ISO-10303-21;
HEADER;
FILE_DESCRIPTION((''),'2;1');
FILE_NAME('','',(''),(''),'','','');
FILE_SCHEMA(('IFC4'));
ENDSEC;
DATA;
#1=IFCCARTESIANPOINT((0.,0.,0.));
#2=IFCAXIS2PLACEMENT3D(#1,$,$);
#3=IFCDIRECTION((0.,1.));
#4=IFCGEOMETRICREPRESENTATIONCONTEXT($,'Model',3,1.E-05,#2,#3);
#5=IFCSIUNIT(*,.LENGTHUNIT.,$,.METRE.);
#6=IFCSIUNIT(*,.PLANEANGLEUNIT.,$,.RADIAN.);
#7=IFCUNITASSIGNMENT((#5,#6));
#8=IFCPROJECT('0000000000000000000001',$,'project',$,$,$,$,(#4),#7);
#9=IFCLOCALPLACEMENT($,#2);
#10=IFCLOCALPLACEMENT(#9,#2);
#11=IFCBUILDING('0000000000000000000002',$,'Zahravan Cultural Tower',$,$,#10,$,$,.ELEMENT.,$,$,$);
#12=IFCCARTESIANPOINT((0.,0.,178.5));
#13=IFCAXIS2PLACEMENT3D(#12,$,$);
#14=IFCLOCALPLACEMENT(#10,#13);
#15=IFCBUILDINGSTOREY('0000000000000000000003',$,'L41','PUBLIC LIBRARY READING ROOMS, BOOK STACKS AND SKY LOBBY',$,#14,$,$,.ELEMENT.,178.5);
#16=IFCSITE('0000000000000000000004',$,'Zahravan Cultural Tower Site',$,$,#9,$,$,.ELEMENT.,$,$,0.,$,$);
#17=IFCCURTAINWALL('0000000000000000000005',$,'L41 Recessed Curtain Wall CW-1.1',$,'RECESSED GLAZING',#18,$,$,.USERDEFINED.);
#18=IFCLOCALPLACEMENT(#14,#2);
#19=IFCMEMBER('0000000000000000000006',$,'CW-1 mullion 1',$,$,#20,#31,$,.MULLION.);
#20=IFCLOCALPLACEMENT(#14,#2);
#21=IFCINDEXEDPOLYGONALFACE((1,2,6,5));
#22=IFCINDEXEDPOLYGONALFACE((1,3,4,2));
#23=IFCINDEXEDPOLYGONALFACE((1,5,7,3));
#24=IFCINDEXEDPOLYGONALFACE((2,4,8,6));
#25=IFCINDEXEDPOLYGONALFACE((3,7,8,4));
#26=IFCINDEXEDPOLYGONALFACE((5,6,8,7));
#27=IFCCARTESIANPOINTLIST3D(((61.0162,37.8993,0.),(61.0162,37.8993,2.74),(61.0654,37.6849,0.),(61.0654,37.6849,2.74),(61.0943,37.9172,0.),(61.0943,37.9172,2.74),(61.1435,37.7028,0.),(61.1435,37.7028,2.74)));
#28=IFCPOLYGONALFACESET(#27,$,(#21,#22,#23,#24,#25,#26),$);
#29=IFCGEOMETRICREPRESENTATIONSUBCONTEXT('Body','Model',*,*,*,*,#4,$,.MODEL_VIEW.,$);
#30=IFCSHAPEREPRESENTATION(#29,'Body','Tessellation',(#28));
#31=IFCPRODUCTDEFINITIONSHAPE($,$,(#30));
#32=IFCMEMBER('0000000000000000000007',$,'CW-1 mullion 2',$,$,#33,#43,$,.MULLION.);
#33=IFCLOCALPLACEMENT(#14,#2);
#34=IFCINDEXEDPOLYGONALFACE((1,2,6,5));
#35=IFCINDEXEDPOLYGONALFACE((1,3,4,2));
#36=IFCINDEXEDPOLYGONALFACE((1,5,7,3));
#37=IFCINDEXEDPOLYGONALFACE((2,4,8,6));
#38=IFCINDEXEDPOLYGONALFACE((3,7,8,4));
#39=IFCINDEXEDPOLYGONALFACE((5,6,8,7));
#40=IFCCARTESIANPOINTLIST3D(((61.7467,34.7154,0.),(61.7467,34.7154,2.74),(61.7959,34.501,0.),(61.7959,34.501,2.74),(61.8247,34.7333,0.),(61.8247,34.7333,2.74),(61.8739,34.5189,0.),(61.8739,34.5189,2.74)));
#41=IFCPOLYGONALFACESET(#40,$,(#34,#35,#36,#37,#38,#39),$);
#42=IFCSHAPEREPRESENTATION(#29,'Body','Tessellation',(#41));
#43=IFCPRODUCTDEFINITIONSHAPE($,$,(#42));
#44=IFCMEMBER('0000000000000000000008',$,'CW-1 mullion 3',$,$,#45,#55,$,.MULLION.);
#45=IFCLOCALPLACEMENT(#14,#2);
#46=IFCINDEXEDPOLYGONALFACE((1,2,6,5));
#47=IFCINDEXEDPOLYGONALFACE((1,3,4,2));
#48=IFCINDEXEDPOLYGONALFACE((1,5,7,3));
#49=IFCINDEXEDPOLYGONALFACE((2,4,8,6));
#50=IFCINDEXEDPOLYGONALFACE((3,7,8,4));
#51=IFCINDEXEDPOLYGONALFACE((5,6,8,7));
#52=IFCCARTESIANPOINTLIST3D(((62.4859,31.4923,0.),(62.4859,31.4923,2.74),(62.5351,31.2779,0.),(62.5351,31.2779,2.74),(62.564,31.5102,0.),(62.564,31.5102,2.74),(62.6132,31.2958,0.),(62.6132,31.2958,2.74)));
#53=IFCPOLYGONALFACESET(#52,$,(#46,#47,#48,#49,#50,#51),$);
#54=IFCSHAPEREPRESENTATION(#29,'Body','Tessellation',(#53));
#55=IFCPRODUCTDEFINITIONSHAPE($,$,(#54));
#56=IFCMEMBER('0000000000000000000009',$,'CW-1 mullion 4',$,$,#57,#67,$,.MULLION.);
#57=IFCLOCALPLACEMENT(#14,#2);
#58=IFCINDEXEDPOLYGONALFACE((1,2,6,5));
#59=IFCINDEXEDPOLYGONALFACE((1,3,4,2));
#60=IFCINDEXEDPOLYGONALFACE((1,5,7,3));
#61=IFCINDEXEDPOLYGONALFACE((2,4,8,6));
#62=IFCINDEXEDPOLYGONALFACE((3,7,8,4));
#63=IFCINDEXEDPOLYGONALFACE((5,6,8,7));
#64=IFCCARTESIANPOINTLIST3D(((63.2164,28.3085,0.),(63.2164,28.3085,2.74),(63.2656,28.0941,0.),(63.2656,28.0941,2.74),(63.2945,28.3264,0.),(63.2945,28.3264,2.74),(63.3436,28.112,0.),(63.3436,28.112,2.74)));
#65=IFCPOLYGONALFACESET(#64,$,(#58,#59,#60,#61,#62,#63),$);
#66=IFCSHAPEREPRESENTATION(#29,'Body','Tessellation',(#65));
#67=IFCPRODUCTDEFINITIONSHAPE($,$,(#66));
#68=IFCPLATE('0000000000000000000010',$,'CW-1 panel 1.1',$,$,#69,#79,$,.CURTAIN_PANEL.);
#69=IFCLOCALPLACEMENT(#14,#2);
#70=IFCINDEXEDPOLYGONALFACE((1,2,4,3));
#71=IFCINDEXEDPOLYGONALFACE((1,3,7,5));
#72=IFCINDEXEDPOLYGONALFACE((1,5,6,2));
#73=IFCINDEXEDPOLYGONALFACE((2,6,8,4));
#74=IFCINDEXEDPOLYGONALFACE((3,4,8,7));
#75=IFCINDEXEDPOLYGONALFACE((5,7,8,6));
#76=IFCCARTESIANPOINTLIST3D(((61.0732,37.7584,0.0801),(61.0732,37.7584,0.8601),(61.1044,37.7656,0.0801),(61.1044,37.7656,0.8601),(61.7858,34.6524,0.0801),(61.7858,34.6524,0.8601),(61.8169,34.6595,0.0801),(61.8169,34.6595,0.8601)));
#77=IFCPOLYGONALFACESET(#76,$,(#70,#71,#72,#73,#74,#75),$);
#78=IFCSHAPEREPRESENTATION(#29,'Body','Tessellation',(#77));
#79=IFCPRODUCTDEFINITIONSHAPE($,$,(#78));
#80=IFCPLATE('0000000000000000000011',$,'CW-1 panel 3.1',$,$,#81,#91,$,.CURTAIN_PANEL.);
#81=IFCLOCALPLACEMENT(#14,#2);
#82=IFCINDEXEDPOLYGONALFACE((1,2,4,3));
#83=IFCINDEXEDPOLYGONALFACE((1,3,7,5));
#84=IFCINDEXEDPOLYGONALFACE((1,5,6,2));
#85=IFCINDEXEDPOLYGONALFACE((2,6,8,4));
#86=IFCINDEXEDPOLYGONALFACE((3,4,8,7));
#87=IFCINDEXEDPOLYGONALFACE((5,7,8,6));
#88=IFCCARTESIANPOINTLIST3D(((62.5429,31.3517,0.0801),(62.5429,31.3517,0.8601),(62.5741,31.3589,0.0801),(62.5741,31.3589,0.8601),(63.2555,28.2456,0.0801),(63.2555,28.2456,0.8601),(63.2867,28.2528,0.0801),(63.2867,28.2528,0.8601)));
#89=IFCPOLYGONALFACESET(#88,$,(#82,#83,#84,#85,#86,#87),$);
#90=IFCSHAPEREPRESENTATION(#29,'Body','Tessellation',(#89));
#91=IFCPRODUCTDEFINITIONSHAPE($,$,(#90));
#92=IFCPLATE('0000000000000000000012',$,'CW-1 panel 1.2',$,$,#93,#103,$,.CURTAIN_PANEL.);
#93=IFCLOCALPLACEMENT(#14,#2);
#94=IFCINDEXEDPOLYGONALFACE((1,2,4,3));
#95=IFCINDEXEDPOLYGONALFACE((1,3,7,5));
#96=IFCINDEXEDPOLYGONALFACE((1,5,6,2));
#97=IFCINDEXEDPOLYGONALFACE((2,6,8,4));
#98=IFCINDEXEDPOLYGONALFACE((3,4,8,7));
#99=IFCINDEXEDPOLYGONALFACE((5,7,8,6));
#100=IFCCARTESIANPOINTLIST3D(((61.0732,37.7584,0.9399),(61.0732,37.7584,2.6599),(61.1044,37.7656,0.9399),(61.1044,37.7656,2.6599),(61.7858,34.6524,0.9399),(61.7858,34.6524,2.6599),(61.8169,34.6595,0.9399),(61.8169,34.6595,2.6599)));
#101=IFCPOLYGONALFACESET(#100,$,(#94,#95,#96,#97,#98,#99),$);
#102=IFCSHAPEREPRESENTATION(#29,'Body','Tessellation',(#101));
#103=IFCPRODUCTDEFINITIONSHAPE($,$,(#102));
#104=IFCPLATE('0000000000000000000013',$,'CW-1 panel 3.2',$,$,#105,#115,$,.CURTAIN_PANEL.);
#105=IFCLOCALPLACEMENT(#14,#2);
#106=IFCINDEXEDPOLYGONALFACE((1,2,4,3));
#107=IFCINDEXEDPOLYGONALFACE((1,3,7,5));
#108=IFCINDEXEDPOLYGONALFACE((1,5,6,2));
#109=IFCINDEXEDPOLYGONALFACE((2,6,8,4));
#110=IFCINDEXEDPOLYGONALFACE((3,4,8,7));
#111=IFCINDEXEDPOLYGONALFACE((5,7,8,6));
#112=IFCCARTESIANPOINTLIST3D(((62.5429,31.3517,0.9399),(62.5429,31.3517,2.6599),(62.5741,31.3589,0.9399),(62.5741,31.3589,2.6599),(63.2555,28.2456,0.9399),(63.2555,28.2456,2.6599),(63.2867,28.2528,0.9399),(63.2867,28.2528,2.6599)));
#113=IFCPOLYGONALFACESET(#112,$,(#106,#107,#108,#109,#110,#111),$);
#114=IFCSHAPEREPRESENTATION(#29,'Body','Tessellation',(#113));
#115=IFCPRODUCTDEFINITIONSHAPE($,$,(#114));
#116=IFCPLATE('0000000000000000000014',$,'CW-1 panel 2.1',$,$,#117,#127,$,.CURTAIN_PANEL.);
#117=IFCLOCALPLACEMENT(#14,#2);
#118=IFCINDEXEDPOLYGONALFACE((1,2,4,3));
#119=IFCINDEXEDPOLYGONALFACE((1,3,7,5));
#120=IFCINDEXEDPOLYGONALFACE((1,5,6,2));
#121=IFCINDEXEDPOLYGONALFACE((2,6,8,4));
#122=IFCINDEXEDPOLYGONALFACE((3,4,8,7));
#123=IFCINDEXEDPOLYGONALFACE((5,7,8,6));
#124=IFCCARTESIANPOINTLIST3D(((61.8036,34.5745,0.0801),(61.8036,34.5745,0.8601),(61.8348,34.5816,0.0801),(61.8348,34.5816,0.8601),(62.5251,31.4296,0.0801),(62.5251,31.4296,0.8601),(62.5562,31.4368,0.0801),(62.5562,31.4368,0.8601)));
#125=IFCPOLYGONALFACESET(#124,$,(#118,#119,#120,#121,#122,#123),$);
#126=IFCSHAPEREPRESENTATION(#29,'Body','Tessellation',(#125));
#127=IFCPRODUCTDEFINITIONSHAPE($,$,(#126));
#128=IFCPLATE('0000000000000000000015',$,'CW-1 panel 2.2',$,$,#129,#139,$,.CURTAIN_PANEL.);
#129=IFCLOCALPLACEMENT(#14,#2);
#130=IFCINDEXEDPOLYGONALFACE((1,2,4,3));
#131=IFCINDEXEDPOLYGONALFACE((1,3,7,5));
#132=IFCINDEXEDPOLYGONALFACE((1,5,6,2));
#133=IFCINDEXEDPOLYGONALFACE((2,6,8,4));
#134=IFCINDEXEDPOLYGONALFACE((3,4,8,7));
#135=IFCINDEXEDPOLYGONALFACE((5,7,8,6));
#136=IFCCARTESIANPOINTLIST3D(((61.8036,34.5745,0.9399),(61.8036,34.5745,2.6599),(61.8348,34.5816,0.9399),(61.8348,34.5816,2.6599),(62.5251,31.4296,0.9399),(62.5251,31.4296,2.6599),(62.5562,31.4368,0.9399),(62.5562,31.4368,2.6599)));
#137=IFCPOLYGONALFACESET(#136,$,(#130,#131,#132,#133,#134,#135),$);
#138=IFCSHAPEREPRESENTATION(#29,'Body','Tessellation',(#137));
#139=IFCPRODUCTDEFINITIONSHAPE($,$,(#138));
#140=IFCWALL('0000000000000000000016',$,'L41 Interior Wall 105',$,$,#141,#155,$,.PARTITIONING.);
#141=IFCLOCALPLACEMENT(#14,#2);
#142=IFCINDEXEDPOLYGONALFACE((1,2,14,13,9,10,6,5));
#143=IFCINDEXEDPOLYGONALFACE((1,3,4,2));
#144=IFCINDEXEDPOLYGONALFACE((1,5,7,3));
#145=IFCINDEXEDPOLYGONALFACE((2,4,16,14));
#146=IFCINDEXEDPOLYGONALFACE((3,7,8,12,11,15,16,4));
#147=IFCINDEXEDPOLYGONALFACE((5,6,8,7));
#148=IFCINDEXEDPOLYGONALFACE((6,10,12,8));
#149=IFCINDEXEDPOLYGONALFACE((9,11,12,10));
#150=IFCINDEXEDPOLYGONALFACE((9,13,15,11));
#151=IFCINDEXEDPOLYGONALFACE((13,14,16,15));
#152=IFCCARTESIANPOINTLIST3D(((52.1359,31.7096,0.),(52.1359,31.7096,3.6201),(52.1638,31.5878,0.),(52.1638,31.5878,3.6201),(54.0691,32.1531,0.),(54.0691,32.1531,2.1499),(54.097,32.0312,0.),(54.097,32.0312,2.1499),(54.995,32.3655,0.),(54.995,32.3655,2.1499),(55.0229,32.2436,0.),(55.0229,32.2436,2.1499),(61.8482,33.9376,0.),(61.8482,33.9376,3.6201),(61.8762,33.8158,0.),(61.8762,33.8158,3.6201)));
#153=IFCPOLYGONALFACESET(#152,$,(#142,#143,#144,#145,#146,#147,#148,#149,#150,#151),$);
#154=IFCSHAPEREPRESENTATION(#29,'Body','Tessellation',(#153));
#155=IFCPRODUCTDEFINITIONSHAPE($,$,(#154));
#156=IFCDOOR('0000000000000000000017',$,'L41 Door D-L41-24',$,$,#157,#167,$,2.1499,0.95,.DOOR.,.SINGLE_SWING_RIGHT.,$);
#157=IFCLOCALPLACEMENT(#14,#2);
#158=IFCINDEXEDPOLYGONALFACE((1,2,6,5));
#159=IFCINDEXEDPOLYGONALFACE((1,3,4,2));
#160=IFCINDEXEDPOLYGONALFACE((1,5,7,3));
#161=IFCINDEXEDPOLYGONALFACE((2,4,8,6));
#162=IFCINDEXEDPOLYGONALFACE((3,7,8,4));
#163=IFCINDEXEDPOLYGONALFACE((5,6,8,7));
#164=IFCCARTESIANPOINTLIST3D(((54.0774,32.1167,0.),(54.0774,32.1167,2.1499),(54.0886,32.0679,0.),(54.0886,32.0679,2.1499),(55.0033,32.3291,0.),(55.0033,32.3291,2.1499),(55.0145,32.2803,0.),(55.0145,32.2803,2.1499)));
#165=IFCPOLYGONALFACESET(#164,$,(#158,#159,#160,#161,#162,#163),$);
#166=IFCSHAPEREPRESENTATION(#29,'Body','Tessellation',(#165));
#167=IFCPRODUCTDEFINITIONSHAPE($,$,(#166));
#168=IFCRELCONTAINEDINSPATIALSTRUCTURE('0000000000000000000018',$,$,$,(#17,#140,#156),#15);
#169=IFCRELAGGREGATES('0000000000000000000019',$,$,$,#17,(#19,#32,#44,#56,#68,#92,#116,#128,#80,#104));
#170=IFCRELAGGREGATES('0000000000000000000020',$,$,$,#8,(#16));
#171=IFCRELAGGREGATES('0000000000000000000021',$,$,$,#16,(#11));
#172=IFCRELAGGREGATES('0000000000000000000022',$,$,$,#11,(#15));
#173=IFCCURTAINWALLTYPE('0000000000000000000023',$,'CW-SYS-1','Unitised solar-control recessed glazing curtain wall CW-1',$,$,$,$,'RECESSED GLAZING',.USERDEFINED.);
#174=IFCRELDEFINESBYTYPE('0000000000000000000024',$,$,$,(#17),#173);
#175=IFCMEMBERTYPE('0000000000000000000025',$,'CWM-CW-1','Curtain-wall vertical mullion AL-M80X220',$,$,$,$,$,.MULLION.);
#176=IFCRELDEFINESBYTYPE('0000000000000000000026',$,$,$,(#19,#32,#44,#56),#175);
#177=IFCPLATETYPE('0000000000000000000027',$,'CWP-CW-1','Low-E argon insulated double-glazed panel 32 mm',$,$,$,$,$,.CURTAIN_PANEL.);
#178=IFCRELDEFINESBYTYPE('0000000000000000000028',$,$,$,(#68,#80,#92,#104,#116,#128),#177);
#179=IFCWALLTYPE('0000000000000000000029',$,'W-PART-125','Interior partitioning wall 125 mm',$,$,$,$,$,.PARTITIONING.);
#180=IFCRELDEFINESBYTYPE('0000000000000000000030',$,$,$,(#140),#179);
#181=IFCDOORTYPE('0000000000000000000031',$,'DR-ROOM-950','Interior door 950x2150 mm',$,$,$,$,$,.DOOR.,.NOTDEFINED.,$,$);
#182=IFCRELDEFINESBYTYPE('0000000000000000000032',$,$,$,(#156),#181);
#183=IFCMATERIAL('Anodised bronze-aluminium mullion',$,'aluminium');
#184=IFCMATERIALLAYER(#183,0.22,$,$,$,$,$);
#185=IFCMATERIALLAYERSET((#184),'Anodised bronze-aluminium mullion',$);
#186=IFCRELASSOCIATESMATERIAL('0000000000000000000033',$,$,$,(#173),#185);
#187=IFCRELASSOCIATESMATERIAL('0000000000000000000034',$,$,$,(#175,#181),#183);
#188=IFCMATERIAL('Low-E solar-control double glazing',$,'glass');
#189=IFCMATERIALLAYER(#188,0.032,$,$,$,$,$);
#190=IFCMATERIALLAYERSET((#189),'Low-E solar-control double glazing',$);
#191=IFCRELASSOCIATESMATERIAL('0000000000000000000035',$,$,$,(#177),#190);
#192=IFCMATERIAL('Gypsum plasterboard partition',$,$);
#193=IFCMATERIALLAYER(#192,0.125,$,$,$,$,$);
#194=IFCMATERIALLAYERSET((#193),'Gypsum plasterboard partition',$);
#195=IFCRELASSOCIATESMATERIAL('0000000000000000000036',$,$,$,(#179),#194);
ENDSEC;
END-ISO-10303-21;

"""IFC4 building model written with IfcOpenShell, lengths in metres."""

from ifc_helpers import new_model, si_unit, direction, frame, frame_2d, origin, origin_2d, place, context, subcontext, project, spatial, rectangle, extrude, source, transform, mapped, material, layer, layer_set, material_profile, profile_set, type_object, element, fill, aggregate, save


model = new_model("IFC4")

# Units and contexts
model_context = context("Model", 3, precision=1e-05, world=origin(), true_north=direction((0.0, 1.0)))
body_context = subcontext(model_context, "Body", "Model", "MODEL_VIEW")
ifc_project = project(units=[si_unit("LENGTHUNIT", "METRE"), si_unit("PLANEANGLEUNIT", "RADIAN")], contexts=[model_context])

# Site, building, storey
site_placement = place(None, origin())
site = spatial("IfcSite", under=ifc_project, at=site_placement, Name="Zahravan Cultural Tower Site", CompositionType="ELEMENT", RefElevation=0.0)
building_placement = place(site_placement, origin())
building = spatial("IfcBuilding", under=site, at=building_placement, Name="Zahravan Cultural Tower", CompositionType="ELEMENT")
storey_placement = place(building_placement, frame((0.0, 0.0, 178.5)))
storey = spatial("IfcBuildingStorey", under=building, at=storey_placement, Name="L41", Description="PUBLIC LIBRARY READING ROOMS, BOOK STACKS AND SKY LOBBY", CompositionType="ELEMENT", Elevation=178.5)

# Curtain wall, members, plates
ifc_material_1 = material(Name="Anodised bronze-aluminium mullion", Category="aluminium")
ifc_layer_1 = layer(ifc_material_1, 0.22)
ifc_layer_set_1 = layer_set([ifc_layer_1], Name="Anodised bronze-aluminium mullion")
curtain_wall_type = type_object("IfcCurtainWallType", Name="CW-SYS-1", Description="Unitised solar-control recessed glazing curtain wall CW-1", ElementType="RECESSED GLAZING", PredefinedType="USERDEFINED", material=ifc_layer_set_1)
curtain_wall_placement = place(storey_placement, origin())
curtain_wall = element("IfcCurtainWall", 1, at=curtain_wall_placement, inside=storey, type_object=curtain_wall_type, Name="L41 Recessed Curtain Wall CW-1.1", ObjectType="RECESSED GLAZING", PredefinedType="USERDEFINED")
ifc_material_profile_1 = material_profile(ifc_material_1, rectangle(XDim=0.0801, YDim=0.22, at=origin_2d()), Name="AL-M80X220")
ifc_profile_set_1 = profile_set([ifc_material_profile_1], Name="Anodised bronze-aluminium mullion")
member_type_1 = type_object("IfcMemberType", Name="CWM-CW-1", Description="Curtain-wall vertical mullion AL-M80X220", PredefinedType="MULLION", material=ifc_profile_set_1)
shared_shape_1 = source(origin(), body_context, "Body", "SweptSolid", [
    extrude(rectangle(XDim=0.0801, YDim=0.22, at=origin_2d()), origin(), (0.0, 0.0, 1.0), 2.74),
])
member_1_placement = place(storey_placement, frame((61.0798, 37.801, 0.0), z_axis=(0.0, 0.0, 1.0), x_axis=(0.974681, 0.2236, 0.0)))
member_1 = element("IfcMember", 2, at=member_1_placement, type_object=member_type_1, Name="CW-1 mullion 1", PredefinedType="MULLION", context=body_context, shape_type="MappedRepresentation", body=[
    mapped(shared_shape_1, transform((0.0, 0.0, 0.0), x_axis=(1.0, 0.0, 0.0), y_axis=(0.0, 1.0, 0.0), z_axis=(0.0, 0.0, 1.0), scale=1.0)),
])
member_2_placement = place(storey_placement, frame((61.8103, 34.6172, 0.0), z_axis=(0.0, 0.0, 1.0), x_axis=(0.974681, 0.2236, 0.0)))
member_2 = element("IfcMember", 3, at=member_2_placement, type_object=member_type_1, Name="CW-1 mullion 2", PredefinedType="MULLION", context=body_context, shape_type="MappedRepresentation", body=[
    mapped(shared_shape_1, transform((0.0, 0.0, 0.0), x_axis=(1.0, 0.0, 0.0), y_axis=(0.0, 1.0, 0.0), z_axis=(0.0, 0.0, 1.0), scale=1.0)),
])
member_3_placement = place(storey_placement, frame((62.5496, 31.394, 0.0), z_axis=(0.0, 0.0, 1.0), x_axis=(0.974681, 0.2236, 0.0)))
member_3 = element("IfcMember", 4, at=member_3_placement, type_object=member_type_1, Name="CW-1 mullion 3", PredefinedType="MULLION", context=body_context, shape_type="MappedRepresentation", body=[
    mapped(shared_shape_1, transform((0.0, 0.0, 0.0), x_axis=(1.0, 0.0, 0.0), y_axis=(0.0, 1.0, 0.0), z_axis=(0.0, 0.0, 1.0), scale=1.0)),
])
member_4_placement = place(storey_placement, frame((63.28, 28.2102, 0.0), z_axis=(0.0, 0.0, 1.0), x_axis=(0.974681, 0.2236, 0.0)))
member_4 = element("IfcMember", 5, at=member_4_placement, type_object=member_type_1, Name="CW-1 mullion 4", PredefinedType="MULLION", context=body_context, shape_type="MappedRepresentation", body=[
    mapped(shared_shape_1, transform((0.0, 0.0, 0.0), x_axis=(1.0, 0.0, 0.0), y_axis=(0.0, 1.0, 0.0), z_axis=(0.0, 0.0, 1.0), scale=1.0)),
])
ifc_material_2 = material(Name="Low-E solar-control double glazing", Category="glass")
ifc_layer_2 = layer(ifc_material_2, 0.032)
ifc_layer_set_2 = layer_set([ifc_layer_2], Name="Low-E solar-control double glazing")
plate_type = type_object("IfcPlateType", Name="CWP-CW-1", Description="Low-E argon insulated double-glazed panel 32 mm", PredefinedType="CURTAIN_PANEL", material=ifc_layer_set_2)
shared_shape_2 = source(origin(), body_context, "Body", "SweptSolid", [
    extrude(rectangle(XDim=3.1868, YDim=0.032, at=origin_2d()), origin(), (0.0, 0.0, 1.0), 0.78),
])
plate_1_placement = place(storey_placement, frame((61.4451, 36.209, 0.0801), z_axis=(0.0, 0.0, 1.0), x_axis=(0.2236, -0.974681, 0.0)))
plate_1 = element("IfcPlate", 6, at=plate_1_placement, type_object=plate_type, Name="CW-1 panel 1.1", PredefinedType="CURTAIN_PANEL", context=body_context, shape_type="MappedRepresentation", body=[
    mapped(shared_shape_2, transform((0.0, 0.0, 0.0), x_axis=(1.0, 0.0, 0.0), y_axis=(0.0, 1.0, 0.0), z_axis=(0.0, 0.0, 1.0), scale=1.0)),
])
plate_2_placement = place(storey_placement, frame((62.9148, 29.8022, 0.0801), z_axis=(0.0, 0.0, 1.0), x_axis=(0.2236, -0.974681, 0.0)))
plate_2 = element("IfcPlate", 7, at=plate_2_placement, type_object=plate_type, Name="CW-1 panel 3.1", PredefinedType="CURTAIN_PANEL", context=body_context, shape_type="MappedRepresentation", body=[
    mapped(shared_shape_2, transform((0.0, 0.0, 0.0), x_axis=(1.0, 0.0, 0.0), y_axis=(0.0, 1.0, 0.0), z_axis=(0.0, 0.0, 1.0), scale=1.0)),
])
shared_shape_3 = source(origin(), body_context, "Body", "SweptSolid", [
    extrude(rectangle(XDim=3.1868, YDim=0.032, at=origin_2d()), origin(), (0.0, 0.0, 1.0), 1.72),
])
plate_3_placement = place(storey_placement, frame((61.4451, 36.209, 0.9399), z_axis=(0.0, 0.0, 1.0), x_axis=(0.2236, -0.974681, 0.0)))
plate_3 = element("IfcPlate", 8, at=plate_3_placement, type_object=plate_type, Name="CW-1 panel 1.2", PredefinedType="CURTAIN_PANEL", context=body_context, shape_type="MappedRepresentation", body=[
    mapped(shared_shape_3, transform((0.0, 0.0, 0.0), x_axis=(1.0, 0.0, 0.0), y_axis=(0.0, 1.0, 0.0), z_axis=(0.0, 0.0, 1.0), scale=1.0)),
])
plate_4_placement = place(storey_placement, frame((62.9148, 29.8022, 0.9399), z_axis=(0.0, 0.0, 1.0), x_axis=(0.2236, -0.974681, 0.0)))
plate_4 = element("IfcPlate", 9, at=plate_4_placement, type_object=plate_type, Name="CW-1 panel 3.2", PredefinedType="CURTAIN_PANEL", context=body_context, shape_type="MappedRepresentation", body=[
    mapped(shared_shape_3, transform((0.0, 0.0, 0.0), x_axis=(1.0, 0.0, 0.0), y_axis=(0.0, 1.0, 0.0), z_axis=(0.0, 0.0, 1.0), scale=1.0)),
])
shared_shape_4 = source(origin(), body_context, "Body", "SweptSolid", [
    extrude(rectangle(XDim=3.2266, YDim=0.032, at=origin_2d()), origin(), (0.0, 0.0, 1.0), 0.78),
])
plate_5_placement = place(storey_placement, frame((62.1799, 33.0056, 0.0801), z_axis=(0.0, 0.0, 1.0), x_axis=(0.2236, -0.974681, 0.0)))
plate_5 = element("IfcPlate", 10, at=plate_5_placement, type_object=plate_type, Name="CW-1 panel 2.1", PredefinedType="CURTAIN_PANEL", context=body_context, shape_type="MappedRepresentation", body=[
    mapped(shared_shape_4, transform((0.0, 0.0, 0.0), x_axis=(1.0, 0.0, 0.0), y_axis=(0.0, 1.0, 0.0), z_axis=(0.0, 0.0, 1.0), scale=1.0)),
])
shared_shape_5 = source(origin(), body_context, "Body", "SweptSolid", [
    extrude(rectangle(XDim=3.2266, YDim=0.032, at=origin_2d()), origin(), (0.0, 0.0, 1.0), 1.72),
])
plate_6_placement = place(storey_placement, frame((62.1799, 33.0056, 0.9399), z_axis=(0.0, 0.0, 1.0), x_axis=(0.2236, -0.974681, 0.0)))
plate_6 = element("IfcPlate", 11, at=plate_6_placement, type_object=plate_type, Name="CW-1 panel 2.2", PredefinedType="CURTAIN_PANEL", context=body_context, shape_type="MappedRepresentation", body=[
    mapped(shared_shape_5, transform((0.0, 0.0, 0.0), x_axis=(1.0, 0.0, 0.0), y_axis=(0.0, 1.0, 0.0), z_axis=(0.0, 0.0, 1.0), scale=1.0)),
])
aggregate(curtain_wall, [member_1, member_2, member_3, member_4, plate_1, plate_3, plate_5, plate_6, plate_2, plate_4])

# Wall, opening, door
ifc_material_3 = material(Name="Gypsum plasterboard partition")
ifc_layer_3 = layer(ifc_material_3, 0.125)
ifc_layer_set_3 = layer_set([ifc_layer_3], Name="Gypsum plasterboard partition")
wall_type_1 = type_object("IfcWallType", Name="W-PART-125", Description="Interior partitioning wall 125 mm", PredefinedType="PARTITIONING", material=ifc_layer_set_3)
wall_1_placement = place(storey_placement, frame((61.8623, 33.8767, 0.0), z_axis=(0.0, 0.0, 1.0), x_axis=(-0.974683, -0.223592, 0.0)))
wall_1 = element("IfcWall", 12, at=wall_1_placement, inside=storey, type_object=wall_type_1, Name="L41 Interior Wall 105", PredefinedType="PARTITIONING", context=body_context, shape_type="SweptSolid", body=[
    extrude(rectangle(XDim=9.9646, YDim=0.125, at=frame_2d((4.9824, 0.0))), origin(), (0.0, 0.0, 1.0), 3.6201),
])
opening_placement = place(wall_1_placement, frame((7.0312, 0.0, 0.0)))
opening = element("IfcOpeningElement", 13, at=opening_placement, cuts=wall_1, PredefinedType="OPENING", context=body_context, shape_type="SweptSolid", body=[
    extrude(rectangle(XDim=0.95, YDim=2.1499, at=frame_2d((0.4751, 1.075))), frame((0.0, 0.0725, 0.0), z_axis=(0.0, -1.0, 0.0), x_axis=(1.0, 0.0, 0.0)), (0.0, 0.0, 1.0), 0.145),
])
door_type = type_object("IfcDoorType", Name="DR-ROOM-950", Description="Interior door 950x2150 mm", OperationType="NOTDEFINED", PredefinedType="DOOR", material=ifc_material_1)
shared_shape_6 = source(origin(), body_context, "Body", "SweptSolid", [
    extrude(rectangle(XDim=0.95, YDim=2.1499, at=frame_2d((0.4751, 1.075))), frame((0.0, 0.0249, 0.0), z_axis=(0.0, -1.0, 0.0), x_axis=(1.0, 0.0, 0.0)), (0.0, 0.0, 1.0), 0.05),
])
door_placement = place(opening_placement, origin())
door = element("IfcDoor", 14, at=door_placement, inside=storey, type_object=door_type, Name="L41 Door D-L41-24", OperationType="SINGLE_SWING_RIGHT", OverallHeight=2.1499, OverallWidth=0.95, PredefinedType="DOOR", context=body_context, shape_type="MappedRepresentation", body=[
    mapped(shared_shape_6, transform((0.0, 0.0, 0.0), x_axis=(1.0, 0.0, 0.0), y_axis=(0.0, 1.0, 0.0), z_axis=(0.0, 0.0, 1.0), scale=1.0)),
])
fill(opening, door)

save(model, "model.ifc")
